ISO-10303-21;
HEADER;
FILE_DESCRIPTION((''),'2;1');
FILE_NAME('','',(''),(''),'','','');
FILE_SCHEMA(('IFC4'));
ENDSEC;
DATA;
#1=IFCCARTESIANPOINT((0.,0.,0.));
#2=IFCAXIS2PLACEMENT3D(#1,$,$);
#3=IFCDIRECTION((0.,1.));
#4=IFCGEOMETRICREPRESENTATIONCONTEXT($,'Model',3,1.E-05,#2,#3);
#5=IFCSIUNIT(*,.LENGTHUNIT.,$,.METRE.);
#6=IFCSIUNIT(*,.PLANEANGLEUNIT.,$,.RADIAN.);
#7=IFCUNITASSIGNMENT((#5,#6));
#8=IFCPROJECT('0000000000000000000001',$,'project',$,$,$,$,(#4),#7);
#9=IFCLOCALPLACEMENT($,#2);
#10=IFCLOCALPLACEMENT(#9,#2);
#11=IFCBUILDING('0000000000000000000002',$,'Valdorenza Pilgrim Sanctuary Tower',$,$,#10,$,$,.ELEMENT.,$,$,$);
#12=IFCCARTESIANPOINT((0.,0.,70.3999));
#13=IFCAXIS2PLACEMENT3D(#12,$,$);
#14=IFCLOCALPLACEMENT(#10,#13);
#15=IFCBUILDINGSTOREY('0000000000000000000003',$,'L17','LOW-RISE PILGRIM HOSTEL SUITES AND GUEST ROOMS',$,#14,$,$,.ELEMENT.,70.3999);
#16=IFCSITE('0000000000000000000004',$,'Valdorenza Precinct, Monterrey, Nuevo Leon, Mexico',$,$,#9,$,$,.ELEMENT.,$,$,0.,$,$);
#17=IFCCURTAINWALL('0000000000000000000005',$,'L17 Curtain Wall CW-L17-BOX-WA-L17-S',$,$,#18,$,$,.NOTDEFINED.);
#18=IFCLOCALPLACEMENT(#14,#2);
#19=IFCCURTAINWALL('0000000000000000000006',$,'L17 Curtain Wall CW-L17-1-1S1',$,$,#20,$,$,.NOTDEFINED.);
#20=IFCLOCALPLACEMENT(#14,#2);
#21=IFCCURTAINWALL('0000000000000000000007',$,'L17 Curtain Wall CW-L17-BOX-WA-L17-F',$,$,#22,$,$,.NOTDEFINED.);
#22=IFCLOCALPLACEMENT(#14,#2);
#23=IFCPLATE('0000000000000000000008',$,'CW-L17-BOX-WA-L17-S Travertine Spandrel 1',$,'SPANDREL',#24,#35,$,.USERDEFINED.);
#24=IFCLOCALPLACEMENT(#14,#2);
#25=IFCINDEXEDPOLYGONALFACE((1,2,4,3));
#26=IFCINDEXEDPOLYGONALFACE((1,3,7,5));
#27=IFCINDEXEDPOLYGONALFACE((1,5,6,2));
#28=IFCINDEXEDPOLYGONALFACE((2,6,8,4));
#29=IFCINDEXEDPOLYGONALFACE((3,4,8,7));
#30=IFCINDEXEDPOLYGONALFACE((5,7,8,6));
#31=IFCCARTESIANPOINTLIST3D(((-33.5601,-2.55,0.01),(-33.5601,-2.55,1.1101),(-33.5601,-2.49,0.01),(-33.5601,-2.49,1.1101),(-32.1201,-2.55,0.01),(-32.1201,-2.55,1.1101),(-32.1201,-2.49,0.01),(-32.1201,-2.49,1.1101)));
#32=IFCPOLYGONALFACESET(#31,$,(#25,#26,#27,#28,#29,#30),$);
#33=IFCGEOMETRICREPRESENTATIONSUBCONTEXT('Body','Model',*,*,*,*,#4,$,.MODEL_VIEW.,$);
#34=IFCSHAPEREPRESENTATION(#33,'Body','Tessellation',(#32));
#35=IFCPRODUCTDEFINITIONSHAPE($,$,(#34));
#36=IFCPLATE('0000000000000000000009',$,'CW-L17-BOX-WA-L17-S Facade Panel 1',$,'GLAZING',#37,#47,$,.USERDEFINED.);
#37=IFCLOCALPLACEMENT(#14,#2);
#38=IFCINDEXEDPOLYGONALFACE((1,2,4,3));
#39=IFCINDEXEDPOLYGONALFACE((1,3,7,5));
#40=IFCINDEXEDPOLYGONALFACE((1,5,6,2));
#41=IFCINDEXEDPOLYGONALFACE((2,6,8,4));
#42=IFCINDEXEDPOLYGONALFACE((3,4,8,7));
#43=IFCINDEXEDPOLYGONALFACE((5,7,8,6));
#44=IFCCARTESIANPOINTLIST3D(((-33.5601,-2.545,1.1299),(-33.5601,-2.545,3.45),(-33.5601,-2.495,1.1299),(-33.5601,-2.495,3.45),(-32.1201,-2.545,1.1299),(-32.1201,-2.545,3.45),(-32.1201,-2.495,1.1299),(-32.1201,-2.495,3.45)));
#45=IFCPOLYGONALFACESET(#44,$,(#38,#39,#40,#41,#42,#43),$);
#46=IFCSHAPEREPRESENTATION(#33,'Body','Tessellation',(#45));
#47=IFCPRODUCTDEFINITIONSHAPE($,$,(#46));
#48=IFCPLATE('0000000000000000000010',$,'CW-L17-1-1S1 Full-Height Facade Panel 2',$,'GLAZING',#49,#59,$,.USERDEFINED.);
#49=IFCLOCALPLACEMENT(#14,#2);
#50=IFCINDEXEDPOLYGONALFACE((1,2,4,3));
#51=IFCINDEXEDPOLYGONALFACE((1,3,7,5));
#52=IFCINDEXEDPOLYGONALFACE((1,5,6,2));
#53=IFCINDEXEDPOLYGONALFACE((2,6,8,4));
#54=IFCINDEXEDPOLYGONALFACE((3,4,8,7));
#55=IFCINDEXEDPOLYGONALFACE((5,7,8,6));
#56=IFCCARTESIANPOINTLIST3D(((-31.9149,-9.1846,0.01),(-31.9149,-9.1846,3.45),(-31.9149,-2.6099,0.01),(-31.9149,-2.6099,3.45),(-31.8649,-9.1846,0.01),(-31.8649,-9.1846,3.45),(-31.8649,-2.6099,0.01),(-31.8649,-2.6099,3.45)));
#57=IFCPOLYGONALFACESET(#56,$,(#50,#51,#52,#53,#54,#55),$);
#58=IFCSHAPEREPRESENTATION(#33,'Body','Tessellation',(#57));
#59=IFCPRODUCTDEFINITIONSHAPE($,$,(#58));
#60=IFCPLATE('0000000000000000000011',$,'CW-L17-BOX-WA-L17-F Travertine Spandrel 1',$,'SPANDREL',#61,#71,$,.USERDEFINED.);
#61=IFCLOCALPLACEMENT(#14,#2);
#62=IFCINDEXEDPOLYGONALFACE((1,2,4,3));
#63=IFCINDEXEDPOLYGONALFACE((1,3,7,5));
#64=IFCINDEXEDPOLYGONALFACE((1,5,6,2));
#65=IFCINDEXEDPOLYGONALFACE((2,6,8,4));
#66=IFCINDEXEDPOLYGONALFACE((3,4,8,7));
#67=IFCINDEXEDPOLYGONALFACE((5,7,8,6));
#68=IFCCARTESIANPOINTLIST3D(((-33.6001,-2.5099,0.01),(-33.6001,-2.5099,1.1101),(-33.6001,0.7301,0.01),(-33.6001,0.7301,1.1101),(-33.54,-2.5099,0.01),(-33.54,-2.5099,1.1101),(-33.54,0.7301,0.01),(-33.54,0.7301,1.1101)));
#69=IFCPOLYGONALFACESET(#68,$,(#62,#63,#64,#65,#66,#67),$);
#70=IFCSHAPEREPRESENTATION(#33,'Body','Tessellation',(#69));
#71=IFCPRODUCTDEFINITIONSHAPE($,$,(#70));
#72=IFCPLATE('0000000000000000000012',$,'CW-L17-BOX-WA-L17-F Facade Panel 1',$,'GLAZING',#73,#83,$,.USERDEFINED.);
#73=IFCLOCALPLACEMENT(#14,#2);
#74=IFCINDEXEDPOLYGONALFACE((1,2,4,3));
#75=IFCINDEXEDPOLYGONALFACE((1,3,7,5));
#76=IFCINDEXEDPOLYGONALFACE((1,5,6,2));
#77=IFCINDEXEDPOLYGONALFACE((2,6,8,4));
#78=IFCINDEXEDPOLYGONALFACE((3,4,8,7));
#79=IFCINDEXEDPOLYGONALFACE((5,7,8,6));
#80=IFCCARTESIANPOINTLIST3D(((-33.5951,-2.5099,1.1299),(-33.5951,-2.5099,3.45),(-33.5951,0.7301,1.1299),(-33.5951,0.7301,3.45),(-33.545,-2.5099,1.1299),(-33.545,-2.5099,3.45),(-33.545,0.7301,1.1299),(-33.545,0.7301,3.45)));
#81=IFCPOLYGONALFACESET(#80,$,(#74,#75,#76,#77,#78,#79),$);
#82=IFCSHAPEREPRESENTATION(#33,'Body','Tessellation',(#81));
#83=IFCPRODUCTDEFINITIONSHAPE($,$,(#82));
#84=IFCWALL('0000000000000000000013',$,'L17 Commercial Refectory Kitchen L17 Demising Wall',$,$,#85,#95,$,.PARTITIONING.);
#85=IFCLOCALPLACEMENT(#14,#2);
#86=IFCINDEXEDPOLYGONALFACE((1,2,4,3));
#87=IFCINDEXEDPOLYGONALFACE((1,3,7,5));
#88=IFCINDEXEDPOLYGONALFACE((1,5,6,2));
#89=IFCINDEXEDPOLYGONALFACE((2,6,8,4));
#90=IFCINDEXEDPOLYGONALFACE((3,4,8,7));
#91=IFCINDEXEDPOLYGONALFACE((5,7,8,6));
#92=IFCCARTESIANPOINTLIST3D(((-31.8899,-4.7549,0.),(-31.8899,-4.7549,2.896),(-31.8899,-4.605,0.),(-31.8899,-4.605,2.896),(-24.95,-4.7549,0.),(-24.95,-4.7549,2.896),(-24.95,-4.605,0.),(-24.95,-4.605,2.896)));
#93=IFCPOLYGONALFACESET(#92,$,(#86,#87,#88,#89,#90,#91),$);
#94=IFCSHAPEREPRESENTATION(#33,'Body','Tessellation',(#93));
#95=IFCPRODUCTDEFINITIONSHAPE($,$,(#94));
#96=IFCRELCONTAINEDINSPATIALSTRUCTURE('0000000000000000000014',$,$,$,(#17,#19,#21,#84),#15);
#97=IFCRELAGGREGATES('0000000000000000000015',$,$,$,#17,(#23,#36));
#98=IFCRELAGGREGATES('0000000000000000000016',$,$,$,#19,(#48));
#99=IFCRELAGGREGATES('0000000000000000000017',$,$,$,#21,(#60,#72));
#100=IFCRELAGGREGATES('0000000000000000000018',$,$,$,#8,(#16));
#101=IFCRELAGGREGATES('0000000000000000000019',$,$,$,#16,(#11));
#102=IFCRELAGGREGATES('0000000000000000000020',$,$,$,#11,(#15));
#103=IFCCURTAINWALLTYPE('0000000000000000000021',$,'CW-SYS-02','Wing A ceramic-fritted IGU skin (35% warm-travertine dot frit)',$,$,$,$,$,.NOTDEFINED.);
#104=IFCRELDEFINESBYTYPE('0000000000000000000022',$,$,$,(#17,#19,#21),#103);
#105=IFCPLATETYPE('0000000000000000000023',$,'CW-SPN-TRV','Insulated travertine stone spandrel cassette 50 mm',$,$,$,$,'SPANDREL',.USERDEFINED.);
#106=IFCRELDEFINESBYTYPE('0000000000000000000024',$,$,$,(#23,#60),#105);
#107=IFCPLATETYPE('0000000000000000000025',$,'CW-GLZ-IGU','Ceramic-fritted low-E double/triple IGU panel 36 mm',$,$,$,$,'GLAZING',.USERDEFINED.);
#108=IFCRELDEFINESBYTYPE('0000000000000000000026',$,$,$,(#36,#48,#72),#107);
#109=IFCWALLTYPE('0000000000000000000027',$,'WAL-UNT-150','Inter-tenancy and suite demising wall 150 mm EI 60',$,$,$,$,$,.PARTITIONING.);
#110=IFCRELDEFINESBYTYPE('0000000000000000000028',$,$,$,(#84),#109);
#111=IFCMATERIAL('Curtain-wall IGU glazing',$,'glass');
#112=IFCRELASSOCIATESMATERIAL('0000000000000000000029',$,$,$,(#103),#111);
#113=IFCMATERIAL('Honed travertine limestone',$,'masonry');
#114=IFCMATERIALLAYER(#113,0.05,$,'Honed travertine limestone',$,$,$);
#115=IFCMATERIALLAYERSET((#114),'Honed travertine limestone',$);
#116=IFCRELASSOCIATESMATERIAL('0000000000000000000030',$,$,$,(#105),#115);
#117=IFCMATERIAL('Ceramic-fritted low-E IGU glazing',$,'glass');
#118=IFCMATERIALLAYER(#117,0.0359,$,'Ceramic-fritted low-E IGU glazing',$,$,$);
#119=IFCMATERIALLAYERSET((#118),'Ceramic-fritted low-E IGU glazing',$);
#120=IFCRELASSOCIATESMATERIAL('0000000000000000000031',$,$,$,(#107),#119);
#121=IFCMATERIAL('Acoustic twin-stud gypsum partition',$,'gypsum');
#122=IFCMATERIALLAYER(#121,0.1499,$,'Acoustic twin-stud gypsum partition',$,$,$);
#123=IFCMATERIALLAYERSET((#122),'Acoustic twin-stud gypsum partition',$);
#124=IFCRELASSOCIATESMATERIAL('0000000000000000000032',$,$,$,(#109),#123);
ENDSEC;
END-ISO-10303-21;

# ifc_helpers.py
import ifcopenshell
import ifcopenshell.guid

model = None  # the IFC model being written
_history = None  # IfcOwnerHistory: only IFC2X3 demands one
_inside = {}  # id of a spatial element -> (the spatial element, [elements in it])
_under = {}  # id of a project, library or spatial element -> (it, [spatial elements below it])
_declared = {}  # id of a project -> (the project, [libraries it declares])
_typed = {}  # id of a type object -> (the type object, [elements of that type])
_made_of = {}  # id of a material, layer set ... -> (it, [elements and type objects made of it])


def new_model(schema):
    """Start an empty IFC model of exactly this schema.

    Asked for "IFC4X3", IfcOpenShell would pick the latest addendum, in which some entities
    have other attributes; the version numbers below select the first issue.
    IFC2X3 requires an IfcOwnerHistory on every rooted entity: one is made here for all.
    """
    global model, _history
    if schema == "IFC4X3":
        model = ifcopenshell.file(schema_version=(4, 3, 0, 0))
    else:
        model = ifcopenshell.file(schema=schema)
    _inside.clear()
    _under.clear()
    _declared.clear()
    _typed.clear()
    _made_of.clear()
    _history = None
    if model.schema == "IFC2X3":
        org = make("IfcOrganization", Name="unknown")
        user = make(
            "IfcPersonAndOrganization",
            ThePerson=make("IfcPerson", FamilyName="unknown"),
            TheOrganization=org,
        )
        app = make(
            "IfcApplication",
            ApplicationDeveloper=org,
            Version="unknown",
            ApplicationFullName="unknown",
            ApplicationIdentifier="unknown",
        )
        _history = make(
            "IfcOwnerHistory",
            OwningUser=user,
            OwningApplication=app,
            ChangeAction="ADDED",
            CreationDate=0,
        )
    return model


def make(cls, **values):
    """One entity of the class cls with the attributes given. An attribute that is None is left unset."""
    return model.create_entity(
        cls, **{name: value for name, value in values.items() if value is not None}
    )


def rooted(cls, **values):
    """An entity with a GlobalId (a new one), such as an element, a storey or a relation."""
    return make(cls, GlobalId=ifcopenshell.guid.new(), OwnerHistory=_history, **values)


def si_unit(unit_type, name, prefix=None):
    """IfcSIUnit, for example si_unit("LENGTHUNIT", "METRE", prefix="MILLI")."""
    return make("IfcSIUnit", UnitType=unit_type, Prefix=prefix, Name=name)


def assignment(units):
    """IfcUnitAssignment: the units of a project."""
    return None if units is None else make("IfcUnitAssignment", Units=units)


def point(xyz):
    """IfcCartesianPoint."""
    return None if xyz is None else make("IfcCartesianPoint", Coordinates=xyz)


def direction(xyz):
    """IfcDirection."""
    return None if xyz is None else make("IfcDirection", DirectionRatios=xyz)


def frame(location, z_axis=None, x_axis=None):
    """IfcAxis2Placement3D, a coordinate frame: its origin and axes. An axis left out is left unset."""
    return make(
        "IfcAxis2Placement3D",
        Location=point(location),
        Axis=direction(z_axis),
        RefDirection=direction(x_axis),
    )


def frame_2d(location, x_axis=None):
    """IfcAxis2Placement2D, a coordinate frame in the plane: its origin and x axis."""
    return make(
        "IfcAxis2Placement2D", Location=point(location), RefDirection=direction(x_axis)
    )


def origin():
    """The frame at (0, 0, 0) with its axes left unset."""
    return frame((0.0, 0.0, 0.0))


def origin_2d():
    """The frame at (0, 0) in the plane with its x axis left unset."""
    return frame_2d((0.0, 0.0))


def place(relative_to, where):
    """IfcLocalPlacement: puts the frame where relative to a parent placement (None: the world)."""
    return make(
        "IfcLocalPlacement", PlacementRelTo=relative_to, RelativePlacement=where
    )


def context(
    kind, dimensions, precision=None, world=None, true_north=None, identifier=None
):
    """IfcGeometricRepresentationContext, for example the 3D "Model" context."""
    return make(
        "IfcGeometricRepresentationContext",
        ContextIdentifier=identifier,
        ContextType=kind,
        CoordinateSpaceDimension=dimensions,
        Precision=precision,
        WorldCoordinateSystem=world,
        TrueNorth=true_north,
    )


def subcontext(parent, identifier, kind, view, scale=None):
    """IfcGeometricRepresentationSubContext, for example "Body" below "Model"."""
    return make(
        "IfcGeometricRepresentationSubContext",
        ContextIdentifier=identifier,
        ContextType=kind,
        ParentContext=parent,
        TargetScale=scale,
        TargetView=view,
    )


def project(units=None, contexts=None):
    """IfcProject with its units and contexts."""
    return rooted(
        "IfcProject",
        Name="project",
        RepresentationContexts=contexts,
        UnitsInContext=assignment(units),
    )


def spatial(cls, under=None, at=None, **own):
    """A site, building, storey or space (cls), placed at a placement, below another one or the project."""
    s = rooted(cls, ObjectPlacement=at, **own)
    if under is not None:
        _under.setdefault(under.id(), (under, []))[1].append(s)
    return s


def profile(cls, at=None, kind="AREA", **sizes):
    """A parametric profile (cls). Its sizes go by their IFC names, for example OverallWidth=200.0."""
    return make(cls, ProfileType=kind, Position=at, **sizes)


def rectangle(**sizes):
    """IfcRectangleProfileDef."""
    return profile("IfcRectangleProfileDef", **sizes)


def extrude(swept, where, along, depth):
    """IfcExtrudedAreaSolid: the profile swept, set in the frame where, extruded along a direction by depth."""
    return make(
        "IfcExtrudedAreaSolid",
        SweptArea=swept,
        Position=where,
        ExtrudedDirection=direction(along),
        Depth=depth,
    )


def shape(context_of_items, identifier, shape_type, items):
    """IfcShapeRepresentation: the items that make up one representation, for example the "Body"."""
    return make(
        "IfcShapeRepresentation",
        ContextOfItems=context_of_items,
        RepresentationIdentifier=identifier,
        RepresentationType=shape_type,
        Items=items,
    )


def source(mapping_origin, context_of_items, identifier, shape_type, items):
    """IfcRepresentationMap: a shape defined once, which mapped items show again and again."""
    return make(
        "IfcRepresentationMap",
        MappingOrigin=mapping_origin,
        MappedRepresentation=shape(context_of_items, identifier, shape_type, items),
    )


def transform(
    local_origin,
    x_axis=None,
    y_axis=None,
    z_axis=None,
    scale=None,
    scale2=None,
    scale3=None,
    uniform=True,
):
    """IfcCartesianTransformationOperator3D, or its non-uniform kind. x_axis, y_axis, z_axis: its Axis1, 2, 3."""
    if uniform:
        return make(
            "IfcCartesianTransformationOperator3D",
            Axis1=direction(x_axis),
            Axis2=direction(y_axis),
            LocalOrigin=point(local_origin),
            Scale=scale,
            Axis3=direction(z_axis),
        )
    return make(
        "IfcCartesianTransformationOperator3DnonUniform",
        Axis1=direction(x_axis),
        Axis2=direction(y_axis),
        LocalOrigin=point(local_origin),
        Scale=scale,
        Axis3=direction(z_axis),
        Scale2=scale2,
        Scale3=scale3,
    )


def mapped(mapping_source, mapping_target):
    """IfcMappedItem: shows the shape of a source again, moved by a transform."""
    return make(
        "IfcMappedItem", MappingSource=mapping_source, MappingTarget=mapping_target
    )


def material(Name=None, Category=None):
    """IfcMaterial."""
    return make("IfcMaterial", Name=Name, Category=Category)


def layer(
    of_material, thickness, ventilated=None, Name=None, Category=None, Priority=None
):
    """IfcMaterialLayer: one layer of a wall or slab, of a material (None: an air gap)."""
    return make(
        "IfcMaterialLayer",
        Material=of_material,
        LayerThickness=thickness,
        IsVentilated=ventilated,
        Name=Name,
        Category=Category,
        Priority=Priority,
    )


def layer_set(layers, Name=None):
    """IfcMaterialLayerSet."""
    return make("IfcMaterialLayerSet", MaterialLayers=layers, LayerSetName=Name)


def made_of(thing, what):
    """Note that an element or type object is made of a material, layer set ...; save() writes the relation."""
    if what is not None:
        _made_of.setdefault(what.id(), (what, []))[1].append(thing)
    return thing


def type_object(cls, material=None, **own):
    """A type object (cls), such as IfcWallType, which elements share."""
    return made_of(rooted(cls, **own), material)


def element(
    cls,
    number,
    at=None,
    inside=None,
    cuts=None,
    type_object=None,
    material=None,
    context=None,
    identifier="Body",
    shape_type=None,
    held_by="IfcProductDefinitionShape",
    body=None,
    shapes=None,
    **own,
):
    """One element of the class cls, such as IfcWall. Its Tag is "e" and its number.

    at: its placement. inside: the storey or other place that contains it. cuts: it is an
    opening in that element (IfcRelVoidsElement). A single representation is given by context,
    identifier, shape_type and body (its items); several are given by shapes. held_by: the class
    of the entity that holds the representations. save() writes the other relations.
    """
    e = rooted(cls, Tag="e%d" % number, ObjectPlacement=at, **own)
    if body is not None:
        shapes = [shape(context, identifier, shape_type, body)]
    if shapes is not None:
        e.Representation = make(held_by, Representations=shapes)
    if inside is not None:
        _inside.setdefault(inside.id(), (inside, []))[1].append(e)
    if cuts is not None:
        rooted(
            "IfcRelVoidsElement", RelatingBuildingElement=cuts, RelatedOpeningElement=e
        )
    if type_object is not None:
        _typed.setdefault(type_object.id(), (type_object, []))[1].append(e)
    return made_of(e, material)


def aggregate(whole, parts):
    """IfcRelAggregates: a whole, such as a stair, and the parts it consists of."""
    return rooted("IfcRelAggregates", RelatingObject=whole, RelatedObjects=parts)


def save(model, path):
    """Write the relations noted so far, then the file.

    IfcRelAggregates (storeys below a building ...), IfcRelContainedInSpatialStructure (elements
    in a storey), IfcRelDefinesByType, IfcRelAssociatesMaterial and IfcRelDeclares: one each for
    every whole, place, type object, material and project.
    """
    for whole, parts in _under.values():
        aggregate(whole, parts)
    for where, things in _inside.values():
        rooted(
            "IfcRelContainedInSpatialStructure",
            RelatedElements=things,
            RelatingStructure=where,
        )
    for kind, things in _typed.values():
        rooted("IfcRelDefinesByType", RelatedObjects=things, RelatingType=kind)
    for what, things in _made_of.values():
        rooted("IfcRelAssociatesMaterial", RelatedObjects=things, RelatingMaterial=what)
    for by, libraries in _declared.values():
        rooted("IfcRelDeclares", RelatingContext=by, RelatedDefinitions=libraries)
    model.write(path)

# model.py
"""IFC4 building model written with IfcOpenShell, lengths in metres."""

from ifc_helpers import new_model, si_unit, direction, frame, frame_2d, origin, origin_2d, place, context, subcontext, project, spatial, rectangle, extrude, source, transform, mapped, material, layer, layer_set, type_object, element, aggregate, save


model = new_model("IFC4")

# Units and contexts
model_context = context("Model", 3, precision=1e-05, world=origin(), true_north=direction((0.0, 1.0)))
body_context = subcontext(model_context, "Body", "Model", "MODEL_VIEW")
ifc_project = project(units=[si_unit("LENGTHUNIT", "METRE"), si_unit("PLANEANGLEUNIT", "RADIAN")], contexts=[model_context])

# Site, building, storey
site_placement = place(None, origin())
site = spatial("IfcSite", under=ifc_project, at=site_placement, Name="Valdorenza Precinct, Monterrey, Nuevo Leon, Mexico", CompositionType="ELEMENT", RefElevation=0.0)
building_placement = place(site_placement, origin())
building = spatial("IfcBuilding", under=site, at=building_placement, Name="Valdorenza Pilgrim Sanctuary Tower", CompositionType="ELEMENT")
storey_placement = place(building_placement, frame((0.0, 0.0, 70.3999)))
storey = spatial("IfcBuildingStorey", under=building, at=storey_placement, Name="L17", Description="LOW-RISE PILGRIM HOSTEL SUITES AND GUEST ROOMS", CompositionType="ELEMENT", Elevation=70.3999)

# Curtain walls
ifc_material_1 = material(Name="Curtain-wall IGU glazing", Category="glass")
curtain_wall_type = type_object("IfcCurtainWallType", Name="CW-SYS-02", Description="Wing A ceramic-fritted IGU skin (35% warm-travertine dot frit)", PredefinedType="NOTDEFINED", material=ifc_material_1)
curtain_wall_1_placement = place(storey_placement, origin())
curtain_wall_1 = element("IfcCurtainWall", 1, at=curtain_wall_1_placement, inside=storey, type_object=curtain_wall_type, Name="L17 Curtain Wall CW-L17-BOX-WA-L17-S", PredefinedType="NOTDEFINED")
curtain_wall_2_placement = place(storey_placement, origin())
curtain_wall_2 = element("IfcCurtainWall", 2, at=curtain_wall_2_placement, inside=storey, type_object=curtain_wall_type, Name="L17 Curtain Wall CW-L17-1-1S1", PredefinedType="NOTDEFINED")

# Curtain wall
curtain_wall_3_placement = place(storey_placement, origin())
curtain_wall_3 = element("IfcCurtainWall", 3, at=curtain_wall_3_placement, inside=storey, type_object=curtain_wall_type, Name="L17 Curtain Wall CW-L17-BOX-WA-L17-F", PredefinedType="NOTDEFINED")

# Plates
ifc_material_2 = material(Name="Honed travertine limestone", Category="masonry")
ifc_layer_1 = layer(ifc_material_2, 0.05, Name="Honed travertine limestone")
ifc_layer_set_1 = layer_set([ifc_layer_1], Name="Honed travertine limestone")
plate_type_1 = type_object("IfcPlateType", Name="CW-SPN-TRV", Description="Insulated travertine stone spandrel cassette 50 mm", ElementType="SPANDREL", PredefinedType="USERDEFINED", material=ifc_layer_set_1)
shared_shape_1 = source(origin(), body_context, "Body", "SweptSolid", [
    extrude(rectangle(XDim=1.4399, YDim=0.0601, at=origin_2d()), origin(), (0.0, 0.0, 1.0), 1.1001),
])
plate_1_placement = place(storey_placement, frame((-32.8401, -2.52, 0.01), z_axis=(0.0, 0.0, 1.0), x_axis=(-1.0, 0.0, 0.0)))
plate_1 = element("IfcPlate", 4, at=plate_1_placement, type_object=plate_type_1, Name="CW-L17-BOX-WA-L17-S Travertine Spandrel 1", ObjectType="SPANDREL", PredefinedType="USERDEFINED", context=body_context, shape_type="MappedRepresentation", body=[
    mapped(shared_shape_1, transform((0.0, 0.0, 0.0), x_axis=(1.0, 0.0, 0.0), y_axis=(0.0, 1.0, 0.0), z_axis=(0.0, 0.0, 1.0), scale=1.0)),
])
ifc_material_3 = material(Name="Ceramic-fritted low-E IGU glazing", Category="glass")
ifc_layer_2 = layer(ifc_material_3, 0.0359, Name="Ceramic-fritted low-E IGU glazing")
ifc_layer_set_2 = layer_set([ifc_layer_2], Name="Ceramic-fritted low-E IGU glazing")
plate_type_2 = type_object("IfcPlateType", Name="CW-GLZ-IGU", Description="Ceramic-fritted low-E double/triple IGU panel 36 mm", ElementType="GLAZING", PredefinedType="USERDEFINED", material=ifc_layer_set_2)
shared_shape_2 = source(origin(), body_context, "Body", "SweptSolid", [
    extrude(rectangle(XDim=1.4399, YDim=0.05, at=origin_2d()), origin(), (0.0, 0.0, 1.0), 2.3201),
])
plate_2_placement = place(storey_placement, frame((-32.8401, -2.52, 1.1299), z_axis=(0.0, 0.0, 1.0), x_axis=(-1.0, 0.0, 0.0)))
plate_2 = element("IfcPlate", 5, at=plate_2_placement, type_object=plate_type_2, Name="CW-L17-BOX-WA-L17-S Facade Panel 1", ObjectType="GLAZING", PredefinedType="USERDEFINED", context=body_context, shape_type="MappedRepresentation", body=[
    mapped(shared_shape_2, transform((0.0, 0.0, 0.0), x_axis=(1.0, 0.0, 0.0), y_axis=(0.0, 1.0, 0.0), z_axis=(0.0, 0.0, 1.0), scale=1.0)),
])
aggregate(curtain_wall_1, [plate_1, plate_2])
shared_shape_3 = source(origin(), body_context, "Body", "SweptSolid", [
    extrude(rectangle(XDim=6.5747, YDim=0.05, at=origin_2d()), origin(), (0.0, 0.0, 1.0), 3.4399),
])
plate_3_placement = place(storey_placement, frame((-31.8899, -5.8972, 0.01), z_axis=(0.0, 0.0, 1.0), x_axis=(0.0, 1.0, 0.0)))
plate_3 = element("IfcPlate", 6, at=plate_3_placement, type_object=plate_type_2, Name="CW-L17-1-1S1 Full-Height Facade Panel 2", ObjectType="GLAZING", PredefinedType="USERDEFINED", context=body_context, shape_type="MappedRepresentation", body=[
    mapped(shared_shape_3, transform((0.0, 0.0, 0.0), x_axis=(1.0, 0.0, 0.0), y_axis=(0.0, 1.0, 0.0), z_axis=(0.0, 0.0, 1.0), scale=1.0)),
])
aggregate(curtain_wall_2, [plate_3])
shared_shape_4 = source(origin(), body_context, "Body", "SweptSolid", [
    extrude(rectangle(XDim=3.24, YDim=0.0601, at=origin_2d()), origin(), (0.0, 0.0, 1.0), 1.1001),
])
plate_4_placement = place(storey_placement, frame((-33.5701, -0.8899, 0.01), z_axis=(0.0, 0.0, 1.0), x_axis=(0.0, 1.0, 0.0)))
plate_4 = element("IfcPlate", 7, at=plate_4_placement, type_object=plate_type_1, Name="CW-L17-BOX-WA-L17-F Travertine Spandrel 1", ObjectType="SPANDREL", PredefinedType="USERDEFINED", context=body_context, shape_type="MappedRepresentation", body=[
    mapped(shared_shape_4, transform((0.0, 0.0, 0.0), x_axis=(1.0, 0.0, 0.0), y_axis=(0.0, 1.0, 0.0), z_axis=(0.0, 0.0, 1.0), scale=1.0)),
])
shared_shape_5 = source(origin(), body_context, "Body", "SweptSolid", [
    extrude(rectangle(XDim=3.24, YDim=0.05, at=origin_2d()), origin(), (0.0, 0.0, 1.0), 2.3201),
])
plate_5_placement = place(storey_placement, frame((-33.5701, -0.8899, 1.1299), z_axis=(0.0, 0.0, 1.0), x_axis=(0.0, 1.0, 0.0)))
plate_5 = element("IfcPlate", 8, at=plate_5_placement, type_object=plate_type_2, Name="CW-L17-BOX-WA-L17-F Facade Panel 1", ObjectType="GLAZING", PredefinedType="USERDEFINED", context=body_context, shape_type="MappedRepresentation", body=[
    mapped(shared_shape_5, transform((0.0, 0.0, 0.0), x_axis=(1.0, 0.0, 0.0), y_axis=(0.0, 1.0, 0.0), z_axis=(0.0, 0.0, 1.0), scale=1.0)),
])
aggregate(curtain_wall_3, [plate_4, plate_5])

# Wall
ifc_material_4 = material(Name="Acoustic twin-stud gypsum partition", Category="gypsum")
ifc_layer_3 = layer(ifc_material_4, 0.1499, Name="Acoustic twin-stud gypsum partition")
ifc_layer_set_3 = layer_set([ifc_layer_3], Name="Acoustic twin-stud gypsum partition")
wall_type = type_object("IfcWallType", Name="WAL-UNT-150", Description="Inter-tenancy and suite demising wall 150 mm EI 60", PredefinedType="PARTITIONING", material=ifc_layer_set_3)
wall_placement = place(storey_placement, frame((-31.8899, -4.6799, 0.0), z_axis=(0.0, 0.0, 1.0), x_axis=(1.0, 0.0, 0.0)))
element("IfcWall", 9, at=wall_placement, inside=storey, type_object=wall_type, Name="L17 Commercial Refectory Kitchen L17 Demising Wall", PredefinedType="PARTITIONING", context=body_context, shape_type="SweptSolid", body=[
    extrude(rectangle(XDim=6.9399, YDim=0.1499, at=frame_2d((3.47, 0.0))), origin(), (0.0, 0.0, 1.0), 2.896),
])

save(model, "model.ifc")
